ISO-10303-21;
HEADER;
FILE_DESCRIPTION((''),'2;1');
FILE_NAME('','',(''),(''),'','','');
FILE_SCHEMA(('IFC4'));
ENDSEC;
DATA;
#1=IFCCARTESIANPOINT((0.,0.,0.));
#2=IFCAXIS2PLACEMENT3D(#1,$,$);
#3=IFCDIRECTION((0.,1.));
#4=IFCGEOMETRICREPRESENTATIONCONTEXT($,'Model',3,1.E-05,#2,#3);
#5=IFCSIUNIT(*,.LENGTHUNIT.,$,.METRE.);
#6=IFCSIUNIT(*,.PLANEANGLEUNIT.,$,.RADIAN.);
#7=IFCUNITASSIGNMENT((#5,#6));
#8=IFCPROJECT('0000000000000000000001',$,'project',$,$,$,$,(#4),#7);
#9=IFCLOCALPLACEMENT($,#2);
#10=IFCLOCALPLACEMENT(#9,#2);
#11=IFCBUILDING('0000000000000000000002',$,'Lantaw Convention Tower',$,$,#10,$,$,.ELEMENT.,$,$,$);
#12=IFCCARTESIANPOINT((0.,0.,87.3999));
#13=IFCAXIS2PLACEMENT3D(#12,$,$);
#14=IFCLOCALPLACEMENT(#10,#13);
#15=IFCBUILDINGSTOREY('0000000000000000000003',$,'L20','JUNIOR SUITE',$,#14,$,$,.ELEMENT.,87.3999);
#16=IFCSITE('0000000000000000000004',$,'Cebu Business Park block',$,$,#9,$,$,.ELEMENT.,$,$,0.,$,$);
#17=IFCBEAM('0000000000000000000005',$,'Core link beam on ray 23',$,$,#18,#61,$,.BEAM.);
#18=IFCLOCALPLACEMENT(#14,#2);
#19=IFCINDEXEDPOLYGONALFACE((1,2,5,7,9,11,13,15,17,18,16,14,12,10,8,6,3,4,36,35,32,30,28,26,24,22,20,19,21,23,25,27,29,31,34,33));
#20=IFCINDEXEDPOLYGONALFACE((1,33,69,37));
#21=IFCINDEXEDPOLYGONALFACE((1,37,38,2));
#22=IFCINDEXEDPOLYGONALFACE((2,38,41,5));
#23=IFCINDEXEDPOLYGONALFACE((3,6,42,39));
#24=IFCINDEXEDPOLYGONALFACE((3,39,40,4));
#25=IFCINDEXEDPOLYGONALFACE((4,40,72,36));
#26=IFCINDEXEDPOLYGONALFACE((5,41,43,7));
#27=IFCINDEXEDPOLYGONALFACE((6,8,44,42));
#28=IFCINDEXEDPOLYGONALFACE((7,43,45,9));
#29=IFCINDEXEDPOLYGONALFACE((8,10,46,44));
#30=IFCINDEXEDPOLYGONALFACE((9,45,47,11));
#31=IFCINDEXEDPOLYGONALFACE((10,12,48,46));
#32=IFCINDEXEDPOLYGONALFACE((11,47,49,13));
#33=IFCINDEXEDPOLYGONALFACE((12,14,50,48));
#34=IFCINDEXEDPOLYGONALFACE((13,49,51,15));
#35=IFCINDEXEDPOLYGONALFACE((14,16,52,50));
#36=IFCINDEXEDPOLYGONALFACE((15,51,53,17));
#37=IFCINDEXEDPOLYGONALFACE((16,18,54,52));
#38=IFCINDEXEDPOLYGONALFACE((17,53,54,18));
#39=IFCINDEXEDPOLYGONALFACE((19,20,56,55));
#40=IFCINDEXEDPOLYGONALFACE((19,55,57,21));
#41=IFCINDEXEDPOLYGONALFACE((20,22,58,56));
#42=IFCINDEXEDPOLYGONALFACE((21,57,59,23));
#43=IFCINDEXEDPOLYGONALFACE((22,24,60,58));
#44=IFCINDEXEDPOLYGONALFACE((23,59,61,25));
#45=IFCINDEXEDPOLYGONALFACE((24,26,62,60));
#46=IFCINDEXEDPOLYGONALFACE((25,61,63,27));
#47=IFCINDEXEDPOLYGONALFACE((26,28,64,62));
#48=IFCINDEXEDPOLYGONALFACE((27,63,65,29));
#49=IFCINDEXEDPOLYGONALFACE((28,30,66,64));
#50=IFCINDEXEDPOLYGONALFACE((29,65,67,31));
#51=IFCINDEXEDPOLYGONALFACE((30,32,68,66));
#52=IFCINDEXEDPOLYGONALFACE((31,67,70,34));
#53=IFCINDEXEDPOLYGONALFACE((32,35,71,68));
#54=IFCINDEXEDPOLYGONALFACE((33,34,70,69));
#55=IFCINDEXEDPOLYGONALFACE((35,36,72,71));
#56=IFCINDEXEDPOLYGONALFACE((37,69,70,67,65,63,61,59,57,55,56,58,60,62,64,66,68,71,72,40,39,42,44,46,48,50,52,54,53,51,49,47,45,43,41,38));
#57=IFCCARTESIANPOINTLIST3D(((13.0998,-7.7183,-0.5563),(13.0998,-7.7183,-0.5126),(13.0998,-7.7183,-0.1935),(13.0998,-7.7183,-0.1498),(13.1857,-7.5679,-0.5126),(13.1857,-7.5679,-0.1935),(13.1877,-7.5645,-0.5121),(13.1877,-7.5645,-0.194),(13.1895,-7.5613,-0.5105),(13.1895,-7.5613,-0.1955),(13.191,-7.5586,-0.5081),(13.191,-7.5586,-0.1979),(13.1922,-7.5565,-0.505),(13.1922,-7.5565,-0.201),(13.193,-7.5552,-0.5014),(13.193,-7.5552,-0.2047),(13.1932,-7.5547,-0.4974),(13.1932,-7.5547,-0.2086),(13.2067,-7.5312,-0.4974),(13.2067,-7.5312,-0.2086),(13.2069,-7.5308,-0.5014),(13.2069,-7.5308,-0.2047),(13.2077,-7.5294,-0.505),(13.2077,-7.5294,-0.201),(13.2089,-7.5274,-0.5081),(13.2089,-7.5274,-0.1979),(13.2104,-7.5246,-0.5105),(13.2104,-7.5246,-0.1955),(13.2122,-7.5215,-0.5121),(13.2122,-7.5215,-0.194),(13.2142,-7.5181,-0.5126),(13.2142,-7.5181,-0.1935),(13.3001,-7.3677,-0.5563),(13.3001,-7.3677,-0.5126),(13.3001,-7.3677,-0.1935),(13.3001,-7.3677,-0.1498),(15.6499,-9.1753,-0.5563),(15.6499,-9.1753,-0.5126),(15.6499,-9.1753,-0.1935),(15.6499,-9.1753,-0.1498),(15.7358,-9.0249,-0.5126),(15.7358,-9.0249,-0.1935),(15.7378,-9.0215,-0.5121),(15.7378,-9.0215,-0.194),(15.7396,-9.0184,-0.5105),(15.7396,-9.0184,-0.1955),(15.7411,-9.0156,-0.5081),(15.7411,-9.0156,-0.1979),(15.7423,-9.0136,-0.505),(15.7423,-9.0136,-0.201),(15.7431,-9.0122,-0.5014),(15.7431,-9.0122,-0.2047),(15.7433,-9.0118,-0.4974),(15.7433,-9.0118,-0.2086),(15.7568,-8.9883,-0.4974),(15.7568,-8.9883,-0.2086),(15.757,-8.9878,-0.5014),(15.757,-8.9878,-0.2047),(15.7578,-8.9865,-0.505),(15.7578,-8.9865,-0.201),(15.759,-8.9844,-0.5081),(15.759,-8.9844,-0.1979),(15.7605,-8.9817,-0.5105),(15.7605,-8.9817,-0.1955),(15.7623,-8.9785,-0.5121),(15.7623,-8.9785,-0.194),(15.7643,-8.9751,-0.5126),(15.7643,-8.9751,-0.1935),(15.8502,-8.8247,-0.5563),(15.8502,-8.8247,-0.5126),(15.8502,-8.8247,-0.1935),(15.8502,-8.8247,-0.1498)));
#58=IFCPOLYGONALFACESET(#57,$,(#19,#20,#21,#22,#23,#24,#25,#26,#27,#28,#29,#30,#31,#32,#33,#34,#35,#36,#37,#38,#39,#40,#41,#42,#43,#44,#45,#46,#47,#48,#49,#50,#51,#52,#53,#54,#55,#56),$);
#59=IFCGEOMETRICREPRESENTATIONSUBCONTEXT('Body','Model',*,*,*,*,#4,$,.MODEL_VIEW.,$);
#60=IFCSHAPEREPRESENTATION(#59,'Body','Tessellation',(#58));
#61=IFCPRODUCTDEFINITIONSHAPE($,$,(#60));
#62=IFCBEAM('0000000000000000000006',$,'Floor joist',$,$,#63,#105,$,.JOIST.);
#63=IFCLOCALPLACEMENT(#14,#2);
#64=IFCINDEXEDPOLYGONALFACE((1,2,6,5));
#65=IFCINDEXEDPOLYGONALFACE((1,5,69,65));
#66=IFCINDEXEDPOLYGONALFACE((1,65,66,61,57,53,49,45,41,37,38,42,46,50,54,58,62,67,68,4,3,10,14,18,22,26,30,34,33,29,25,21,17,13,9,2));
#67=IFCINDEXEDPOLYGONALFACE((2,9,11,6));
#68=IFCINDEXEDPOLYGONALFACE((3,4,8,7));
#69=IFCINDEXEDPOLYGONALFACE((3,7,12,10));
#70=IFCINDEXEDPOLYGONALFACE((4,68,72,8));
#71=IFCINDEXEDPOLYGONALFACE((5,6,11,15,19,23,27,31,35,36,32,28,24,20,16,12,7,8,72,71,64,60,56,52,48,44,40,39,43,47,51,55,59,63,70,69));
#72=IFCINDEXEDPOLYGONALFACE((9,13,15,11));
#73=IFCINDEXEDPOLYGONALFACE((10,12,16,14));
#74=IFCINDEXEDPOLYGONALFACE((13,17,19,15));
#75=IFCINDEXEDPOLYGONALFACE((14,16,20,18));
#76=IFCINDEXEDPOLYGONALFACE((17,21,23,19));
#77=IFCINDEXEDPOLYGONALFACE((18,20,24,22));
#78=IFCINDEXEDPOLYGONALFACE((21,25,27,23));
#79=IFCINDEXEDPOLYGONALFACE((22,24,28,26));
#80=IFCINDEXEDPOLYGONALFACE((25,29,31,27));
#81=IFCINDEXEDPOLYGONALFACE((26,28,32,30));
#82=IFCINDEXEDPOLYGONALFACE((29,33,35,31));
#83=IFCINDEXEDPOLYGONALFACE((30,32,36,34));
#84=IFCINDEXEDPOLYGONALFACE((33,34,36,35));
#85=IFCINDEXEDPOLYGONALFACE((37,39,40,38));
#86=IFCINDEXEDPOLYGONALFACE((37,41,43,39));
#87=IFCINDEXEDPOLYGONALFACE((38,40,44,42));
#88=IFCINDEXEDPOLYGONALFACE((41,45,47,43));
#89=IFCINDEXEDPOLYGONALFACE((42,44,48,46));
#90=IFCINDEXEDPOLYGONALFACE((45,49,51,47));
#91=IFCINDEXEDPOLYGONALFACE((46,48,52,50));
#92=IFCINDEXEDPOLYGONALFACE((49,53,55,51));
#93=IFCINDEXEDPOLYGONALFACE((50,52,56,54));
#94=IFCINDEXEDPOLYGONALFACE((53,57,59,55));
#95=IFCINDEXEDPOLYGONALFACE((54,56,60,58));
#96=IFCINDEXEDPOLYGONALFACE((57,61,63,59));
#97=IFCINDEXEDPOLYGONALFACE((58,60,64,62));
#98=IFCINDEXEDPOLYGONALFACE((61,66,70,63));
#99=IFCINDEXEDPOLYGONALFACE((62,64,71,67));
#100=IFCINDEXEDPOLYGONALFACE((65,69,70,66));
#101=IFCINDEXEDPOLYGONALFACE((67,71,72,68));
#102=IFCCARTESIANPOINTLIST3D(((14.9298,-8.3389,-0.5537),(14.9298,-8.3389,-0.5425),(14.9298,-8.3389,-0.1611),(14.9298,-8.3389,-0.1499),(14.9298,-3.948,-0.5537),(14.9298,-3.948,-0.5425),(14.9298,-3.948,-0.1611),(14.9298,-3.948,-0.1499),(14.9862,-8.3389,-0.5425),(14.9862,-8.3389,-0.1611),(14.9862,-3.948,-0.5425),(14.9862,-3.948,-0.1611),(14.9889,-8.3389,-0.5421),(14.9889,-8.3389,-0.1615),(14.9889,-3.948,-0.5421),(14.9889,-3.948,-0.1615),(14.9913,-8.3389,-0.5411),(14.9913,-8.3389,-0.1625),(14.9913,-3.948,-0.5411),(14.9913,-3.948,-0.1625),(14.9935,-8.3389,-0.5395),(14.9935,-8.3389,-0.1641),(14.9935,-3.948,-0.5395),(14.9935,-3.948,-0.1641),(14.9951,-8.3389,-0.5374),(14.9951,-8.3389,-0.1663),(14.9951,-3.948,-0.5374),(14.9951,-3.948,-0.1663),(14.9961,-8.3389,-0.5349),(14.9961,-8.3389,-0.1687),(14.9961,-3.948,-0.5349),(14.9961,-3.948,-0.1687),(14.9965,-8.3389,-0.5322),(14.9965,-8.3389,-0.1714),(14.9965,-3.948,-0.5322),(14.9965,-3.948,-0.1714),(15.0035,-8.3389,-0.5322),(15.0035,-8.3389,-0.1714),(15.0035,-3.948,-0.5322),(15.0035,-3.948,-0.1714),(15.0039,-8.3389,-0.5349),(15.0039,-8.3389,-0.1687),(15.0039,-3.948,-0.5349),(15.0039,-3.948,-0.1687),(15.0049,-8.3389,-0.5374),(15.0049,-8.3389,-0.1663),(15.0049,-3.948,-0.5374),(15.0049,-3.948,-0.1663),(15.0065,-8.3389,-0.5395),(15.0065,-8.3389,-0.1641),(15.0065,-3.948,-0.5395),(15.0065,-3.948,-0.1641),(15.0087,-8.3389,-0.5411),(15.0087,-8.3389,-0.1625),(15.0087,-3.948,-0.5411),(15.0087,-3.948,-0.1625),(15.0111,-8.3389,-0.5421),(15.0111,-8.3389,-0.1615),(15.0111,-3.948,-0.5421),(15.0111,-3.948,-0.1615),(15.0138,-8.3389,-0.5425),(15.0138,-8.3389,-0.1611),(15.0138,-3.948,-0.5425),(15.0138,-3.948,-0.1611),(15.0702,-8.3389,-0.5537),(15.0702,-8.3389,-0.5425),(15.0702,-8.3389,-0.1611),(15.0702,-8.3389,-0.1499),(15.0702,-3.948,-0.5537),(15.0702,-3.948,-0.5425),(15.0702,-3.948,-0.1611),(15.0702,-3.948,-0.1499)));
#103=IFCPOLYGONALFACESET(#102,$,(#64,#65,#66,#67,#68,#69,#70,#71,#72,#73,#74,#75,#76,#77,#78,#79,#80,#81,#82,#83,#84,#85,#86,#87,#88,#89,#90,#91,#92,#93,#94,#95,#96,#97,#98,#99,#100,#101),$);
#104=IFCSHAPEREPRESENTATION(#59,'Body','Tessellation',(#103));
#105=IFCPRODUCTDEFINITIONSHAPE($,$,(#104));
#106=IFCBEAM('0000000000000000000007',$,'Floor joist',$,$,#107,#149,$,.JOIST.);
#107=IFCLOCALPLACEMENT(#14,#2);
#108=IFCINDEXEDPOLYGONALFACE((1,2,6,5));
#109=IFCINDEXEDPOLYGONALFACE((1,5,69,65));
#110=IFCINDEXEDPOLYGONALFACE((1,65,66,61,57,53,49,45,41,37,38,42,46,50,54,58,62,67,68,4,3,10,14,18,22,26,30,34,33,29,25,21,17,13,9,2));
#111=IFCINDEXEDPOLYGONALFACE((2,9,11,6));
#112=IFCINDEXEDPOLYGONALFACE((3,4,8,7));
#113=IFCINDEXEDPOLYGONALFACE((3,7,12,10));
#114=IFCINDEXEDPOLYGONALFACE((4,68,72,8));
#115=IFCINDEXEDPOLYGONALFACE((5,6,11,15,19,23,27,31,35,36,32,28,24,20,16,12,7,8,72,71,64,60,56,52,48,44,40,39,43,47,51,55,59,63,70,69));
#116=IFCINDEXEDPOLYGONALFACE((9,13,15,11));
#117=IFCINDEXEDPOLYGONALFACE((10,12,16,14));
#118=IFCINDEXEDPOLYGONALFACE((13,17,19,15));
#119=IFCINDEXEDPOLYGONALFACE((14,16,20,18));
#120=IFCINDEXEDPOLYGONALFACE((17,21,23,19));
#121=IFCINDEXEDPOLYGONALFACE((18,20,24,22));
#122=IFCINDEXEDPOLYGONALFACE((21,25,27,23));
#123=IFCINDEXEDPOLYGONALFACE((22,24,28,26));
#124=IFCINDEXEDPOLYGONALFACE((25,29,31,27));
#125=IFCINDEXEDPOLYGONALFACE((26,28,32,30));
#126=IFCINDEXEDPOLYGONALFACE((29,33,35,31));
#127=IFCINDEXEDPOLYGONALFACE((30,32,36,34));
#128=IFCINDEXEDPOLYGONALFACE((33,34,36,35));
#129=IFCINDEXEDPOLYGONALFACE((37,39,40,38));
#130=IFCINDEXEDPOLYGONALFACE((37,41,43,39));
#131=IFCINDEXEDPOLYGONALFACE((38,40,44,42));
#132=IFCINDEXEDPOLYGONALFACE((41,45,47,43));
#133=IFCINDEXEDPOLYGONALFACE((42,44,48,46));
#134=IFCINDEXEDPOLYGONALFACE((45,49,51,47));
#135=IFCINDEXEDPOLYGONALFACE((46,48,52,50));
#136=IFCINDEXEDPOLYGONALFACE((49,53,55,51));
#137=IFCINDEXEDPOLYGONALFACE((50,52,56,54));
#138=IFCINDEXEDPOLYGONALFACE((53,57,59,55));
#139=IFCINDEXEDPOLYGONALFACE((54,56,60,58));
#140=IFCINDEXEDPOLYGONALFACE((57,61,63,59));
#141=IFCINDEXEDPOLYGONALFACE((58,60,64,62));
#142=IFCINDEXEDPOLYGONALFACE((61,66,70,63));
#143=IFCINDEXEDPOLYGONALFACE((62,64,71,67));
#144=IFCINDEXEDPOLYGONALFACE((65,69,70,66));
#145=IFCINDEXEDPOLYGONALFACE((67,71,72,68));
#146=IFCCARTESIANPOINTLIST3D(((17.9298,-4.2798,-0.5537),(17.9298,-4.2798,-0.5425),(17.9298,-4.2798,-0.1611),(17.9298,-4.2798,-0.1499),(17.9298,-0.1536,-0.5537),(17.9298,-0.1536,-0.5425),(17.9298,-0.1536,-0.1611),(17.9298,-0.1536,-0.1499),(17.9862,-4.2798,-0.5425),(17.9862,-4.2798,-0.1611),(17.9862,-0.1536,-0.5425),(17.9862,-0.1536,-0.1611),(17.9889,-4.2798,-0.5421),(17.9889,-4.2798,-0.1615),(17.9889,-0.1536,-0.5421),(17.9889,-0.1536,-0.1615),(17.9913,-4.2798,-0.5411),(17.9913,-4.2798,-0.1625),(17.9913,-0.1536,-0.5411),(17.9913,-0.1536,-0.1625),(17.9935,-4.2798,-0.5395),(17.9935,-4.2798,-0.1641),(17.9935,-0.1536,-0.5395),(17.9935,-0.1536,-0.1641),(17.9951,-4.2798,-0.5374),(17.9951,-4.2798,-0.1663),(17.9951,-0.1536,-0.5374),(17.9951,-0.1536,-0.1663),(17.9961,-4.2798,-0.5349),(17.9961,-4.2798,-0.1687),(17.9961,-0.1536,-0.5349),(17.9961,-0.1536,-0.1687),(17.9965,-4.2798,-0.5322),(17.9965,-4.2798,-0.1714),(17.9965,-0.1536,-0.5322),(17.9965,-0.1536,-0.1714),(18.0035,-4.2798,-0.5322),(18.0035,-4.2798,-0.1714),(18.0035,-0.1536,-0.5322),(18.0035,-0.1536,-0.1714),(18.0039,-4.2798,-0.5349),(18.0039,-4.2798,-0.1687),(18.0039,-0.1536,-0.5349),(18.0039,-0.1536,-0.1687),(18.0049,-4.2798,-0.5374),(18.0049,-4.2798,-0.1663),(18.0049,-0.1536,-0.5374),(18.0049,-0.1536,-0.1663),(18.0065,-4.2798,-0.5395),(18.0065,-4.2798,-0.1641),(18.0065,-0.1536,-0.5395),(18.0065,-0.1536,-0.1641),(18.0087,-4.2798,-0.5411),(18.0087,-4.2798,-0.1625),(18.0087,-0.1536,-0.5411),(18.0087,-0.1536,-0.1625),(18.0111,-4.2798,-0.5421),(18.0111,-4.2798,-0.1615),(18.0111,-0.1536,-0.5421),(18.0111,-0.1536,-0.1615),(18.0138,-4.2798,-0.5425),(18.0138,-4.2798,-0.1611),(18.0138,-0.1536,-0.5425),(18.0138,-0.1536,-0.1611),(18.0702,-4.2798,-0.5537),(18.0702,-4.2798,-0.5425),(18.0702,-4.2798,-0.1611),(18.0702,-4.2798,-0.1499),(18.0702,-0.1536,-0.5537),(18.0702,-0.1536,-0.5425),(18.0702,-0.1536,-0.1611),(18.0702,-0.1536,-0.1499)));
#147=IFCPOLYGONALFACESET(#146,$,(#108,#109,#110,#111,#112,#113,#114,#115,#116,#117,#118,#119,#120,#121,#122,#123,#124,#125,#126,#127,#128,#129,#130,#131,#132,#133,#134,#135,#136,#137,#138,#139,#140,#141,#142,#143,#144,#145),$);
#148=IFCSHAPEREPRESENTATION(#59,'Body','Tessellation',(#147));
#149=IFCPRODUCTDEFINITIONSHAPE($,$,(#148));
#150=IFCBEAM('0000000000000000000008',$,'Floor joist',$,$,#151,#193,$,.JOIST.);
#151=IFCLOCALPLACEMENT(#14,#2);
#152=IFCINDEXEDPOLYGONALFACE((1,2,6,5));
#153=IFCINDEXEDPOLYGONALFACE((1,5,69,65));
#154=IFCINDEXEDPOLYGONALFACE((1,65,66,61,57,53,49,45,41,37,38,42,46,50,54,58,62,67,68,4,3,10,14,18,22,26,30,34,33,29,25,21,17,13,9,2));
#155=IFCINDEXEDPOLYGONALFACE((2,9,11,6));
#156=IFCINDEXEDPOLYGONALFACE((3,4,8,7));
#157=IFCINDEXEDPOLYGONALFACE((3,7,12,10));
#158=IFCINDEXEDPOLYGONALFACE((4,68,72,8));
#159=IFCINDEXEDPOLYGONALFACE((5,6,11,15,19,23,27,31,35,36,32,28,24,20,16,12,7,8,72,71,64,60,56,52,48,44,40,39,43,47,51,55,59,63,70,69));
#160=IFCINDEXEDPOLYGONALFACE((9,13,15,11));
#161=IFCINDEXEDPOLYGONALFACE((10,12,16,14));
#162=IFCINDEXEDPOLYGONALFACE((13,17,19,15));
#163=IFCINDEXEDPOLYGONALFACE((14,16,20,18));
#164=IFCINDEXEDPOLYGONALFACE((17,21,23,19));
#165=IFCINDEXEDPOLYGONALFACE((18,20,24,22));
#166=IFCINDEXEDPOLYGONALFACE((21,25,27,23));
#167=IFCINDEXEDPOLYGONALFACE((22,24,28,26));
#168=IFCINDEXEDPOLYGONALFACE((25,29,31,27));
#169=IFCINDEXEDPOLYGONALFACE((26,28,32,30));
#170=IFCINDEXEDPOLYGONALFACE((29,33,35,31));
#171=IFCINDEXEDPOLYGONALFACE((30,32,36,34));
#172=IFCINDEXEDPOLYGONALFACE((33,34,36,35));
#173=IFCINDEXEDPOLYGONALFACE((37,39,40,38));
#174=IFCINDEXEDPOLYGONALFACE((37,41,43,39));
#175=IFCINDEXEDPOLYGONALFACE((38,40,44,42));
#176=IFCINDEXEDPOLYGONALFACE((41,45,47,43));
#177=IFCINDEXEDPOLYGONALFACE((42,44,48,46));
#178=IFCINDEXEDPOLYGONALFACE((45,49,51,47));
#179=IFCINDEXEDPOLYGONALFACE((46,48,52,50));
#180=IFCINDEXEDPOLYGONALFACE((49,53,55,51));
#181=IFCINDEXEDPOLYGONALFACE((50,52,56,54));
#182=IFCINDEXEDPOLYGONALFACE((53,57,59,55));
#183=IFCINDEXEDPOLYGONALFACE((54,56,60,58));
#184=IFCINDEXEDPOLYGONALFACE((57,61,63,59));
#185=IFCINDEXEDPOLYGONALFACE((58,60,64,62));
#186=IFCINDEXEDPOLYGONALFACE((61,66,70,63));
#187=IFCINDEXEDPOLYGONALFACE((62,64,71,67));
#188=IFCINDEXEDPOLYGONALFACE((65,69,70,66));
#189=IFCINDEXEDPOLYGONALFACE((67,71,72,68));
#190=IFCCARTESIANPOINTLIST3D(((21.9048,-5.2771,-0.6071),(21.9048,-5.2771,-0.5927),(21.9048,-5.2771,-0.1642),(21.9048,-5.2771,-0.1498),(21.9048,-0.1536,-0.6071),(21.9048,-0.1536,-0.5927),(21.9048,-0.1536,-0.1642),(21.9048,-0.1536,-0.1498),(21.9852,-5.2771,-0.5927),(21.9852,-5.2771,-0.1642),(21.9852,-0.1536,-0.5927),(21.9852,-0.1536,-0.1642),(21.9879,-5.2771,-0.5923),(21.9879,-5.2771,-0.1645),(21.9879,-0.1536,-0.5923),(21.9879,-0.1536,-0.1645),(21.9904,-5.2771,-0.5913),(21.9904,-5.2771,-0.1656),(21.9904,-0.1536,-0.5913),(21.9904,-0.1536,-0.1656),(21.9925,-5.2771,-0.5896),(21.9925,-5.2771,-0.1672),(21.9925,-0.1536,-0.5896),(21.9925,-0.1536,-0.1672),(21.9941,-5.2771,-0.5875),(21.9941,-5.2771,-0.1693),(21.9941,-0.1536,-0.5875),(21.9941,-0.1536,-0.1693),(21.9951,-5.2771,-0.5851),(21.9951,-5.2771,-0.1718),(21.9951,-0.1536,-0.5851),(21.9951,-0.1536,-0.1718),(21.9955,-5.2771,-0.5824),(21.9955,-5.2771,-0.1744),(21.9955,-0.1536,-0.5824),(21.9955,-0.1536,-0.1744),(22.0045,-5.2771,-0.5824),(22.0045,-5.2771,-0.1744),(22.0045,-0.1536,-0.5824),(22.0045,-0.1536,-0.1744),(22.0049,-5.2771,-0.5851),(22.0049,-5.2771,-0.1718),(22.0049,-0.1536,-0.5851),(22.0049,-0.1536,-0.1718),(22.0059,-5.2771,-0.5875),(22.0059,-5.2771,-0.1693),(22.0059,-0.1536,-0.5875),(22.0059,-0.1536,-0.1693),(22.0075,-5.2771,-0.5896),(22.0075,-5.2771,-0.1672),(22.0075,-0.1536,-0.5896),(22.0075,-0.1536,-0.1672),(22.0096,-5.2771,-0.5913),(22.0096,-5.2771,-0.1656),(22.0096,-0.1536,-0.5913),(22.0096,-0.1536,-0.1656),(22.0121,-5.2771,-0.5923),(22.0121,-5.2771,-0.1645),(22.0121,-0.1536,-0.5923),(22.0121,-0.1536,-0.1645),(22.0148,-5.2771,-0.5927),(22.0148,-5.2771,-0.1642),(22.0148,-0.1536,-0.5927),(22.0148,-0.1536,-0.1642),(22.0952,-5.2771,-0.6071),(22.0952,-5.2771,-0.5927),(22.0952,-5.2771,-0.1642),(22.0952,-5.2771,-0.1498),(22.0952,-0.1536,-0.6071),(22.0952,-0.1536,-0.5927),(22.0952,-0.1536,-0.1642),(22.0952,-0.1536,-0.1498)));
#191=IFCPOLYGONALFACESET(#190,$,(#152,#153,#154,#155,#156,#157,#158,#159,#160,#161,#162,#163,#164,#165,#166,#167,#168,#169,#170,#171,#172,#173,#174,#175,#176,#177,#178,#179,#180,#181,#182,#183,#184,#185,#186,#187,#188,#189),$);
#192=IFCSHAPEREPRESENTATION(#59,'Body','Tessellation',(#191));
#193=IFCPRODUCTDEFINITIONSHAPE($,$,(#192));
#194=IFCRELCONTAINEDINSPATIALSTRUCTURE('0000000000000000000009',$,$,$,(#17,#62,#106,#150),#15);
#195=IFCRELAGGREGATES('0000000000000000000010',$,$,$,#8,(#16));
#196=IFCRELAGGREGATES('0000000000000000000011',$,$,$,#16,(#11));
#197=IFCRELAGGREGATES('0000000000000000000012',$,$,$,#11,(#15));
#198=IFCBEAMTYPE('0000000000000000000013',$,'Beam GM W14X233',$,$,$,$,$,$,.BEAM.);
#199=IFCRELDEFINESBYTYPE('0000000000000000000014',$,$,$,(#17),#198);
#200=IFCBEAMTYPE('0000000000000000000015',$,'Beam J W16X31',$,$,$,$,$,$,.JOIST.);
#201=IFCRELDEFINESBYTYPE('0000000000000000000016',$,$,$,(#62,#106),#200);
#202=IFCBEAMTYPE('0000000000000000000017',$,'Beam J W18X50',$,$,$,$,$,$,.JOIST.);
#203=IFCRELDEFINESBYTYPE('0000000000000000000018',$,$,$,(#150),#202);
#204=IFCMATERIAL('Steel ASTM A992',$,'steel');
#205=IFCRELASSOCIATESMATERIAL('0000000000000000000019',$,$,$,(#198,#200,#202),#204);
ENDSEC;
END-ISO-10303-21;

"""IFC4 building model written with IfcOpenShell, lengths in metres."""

from ifc_helpers import new_model, si_unit, direction, frame, origin, origin_2d, place, context, subcontext, project, spatial, i_section, extrude, material, material_profile, profile_set, type_object, element, save


model = new_model("IFC4")

# Units and contexts
model_context = context("Model", 3, precision=1e-05, world=origin(), true_north=direction((0.0, 1.0)))
body_context = subcontext(model_context, "Body", "Model", "MODEL_VIEW")
ifc_project = project(units=[si_unit("LENGTHUNIT", "METRE"), si_unit("PLANEANGLEUNIT", "RADIAN")], contexts=[model_context])

# Site, building, storey
site_placement = place(None, origin())
site = spatial("IfcSite", under=ifc_project, at=site_placement, Name="Cebu Business Park block", CompositionType="ELEMENT", RefElevation=0.0)
building_placement = place(site_placement, origin())
building = spatial("IfcBuilding", under=site, at=building_placement, Name="Lantaw Convention Tower", CompositionType="ELEMENT")
storey_placement = place(building_placement, frame((0.0, 0.0, 87.3999)))
storey = spatial("IfcBuildingStorey", under=building, at=storey_placement, Name="L20", Description="JUNIOR SUITE", CompositionType="ELEMENT", Elevation=87.3999)

# Beams
ifc_material_1 = material(Name="Steel ASTM A992", Category="steel")
ifc_material_profile_1 = material_profile(ifc_material_1, i_section(OverallWidth=0.4038, OverallDepth=0.4065, WebThickness=0.0271, FlangeThickness=0.0437, FilletRadius=0.0151, at=origin_2d()), Name="W14X233")
ifc_profile_set_1 = profile_set([ifc_material_profile_1], Name="Steel ASTM A992")
beam_type_1 = type_object("IfcBeamType", Name="Beam GM W14X233", PredefinedType="BEAM", material=ifc_profile_set_1)
beam_1_placement = place(storey_placement, frame((13.2, -7.543, -0.353), z_axis=(0.868264, -0.496103, 0.0), x_axis=(0.496103, 0.868264, 0.0)))
element("IfcBeam", 1, at=beam_1_placement, inside=storey, type_object=beam_type_1, Name="Core link beam on ray 23", PredefinedType="BEAM", context=body_context, shape_type="SweptSolid", body=[
    extrude(i_section(OverallWidth=0.4038, OverallDepth=0.4065, WebThickness=0.0271, FlangeThickness=0.0437, FilletRadius=0.0151, at=origin_2d()), origin(), (0.0, 0.0, 1.0), 2.937),
])
ifc_material_profile_2 = material_profile(ifc_material_1, i_section(OverallWidth=0.1404, OverallDepth=0.4038, WebThickness=0.0071, FlangeThickness=0.0112, FilletRadius=0.0103, at=origin_2d()), Name="W16X31")
ifc_profile_set_2 = profile_set([ifc_material_profile_2], Name="Steel ASTM A992")
beam_type_2 = type_object("IfcBeamType", Name="Beam J W16X31", PredefinedType="JOIST", material=ifc_profile_set_2)
beam_2_placement = place(storey_placement, frame((15.0, -8.3389, -0.3518), z_axis=(0.0, 1.0, 0.0), x_axis=(-1.0, 0.0, 0.0)))
element("IfcBeam", 2, at=beam_2_placement, inside=storey, type_object=beam_type_2, Name="Floor joist", PredefinedType="JOIST", context=body_context, shape_type="SweptSolid", body=[
    extrude(i_section(OverallWidth=0.1404, OverallDepth=0.4038, WebThickness=0.0071, FlangeThickness=0.0112, FilletRadius=0.0103, at=origin_2d()), origin(), (0.0, 0.0, 1.0), 4.3909),
])
beam_3_placement = place(storey_placement, frame((18.0, -4.2798, -0.3518), z_axis=(0.0, 1.0, 0.0), x_axis=(-1.0, 0.0, 0.0)))
element("IfcBeam", 3, at=beam_3_placement, inside=storey, type_object=beam_type_2, Name="Floor joist", PredefinedType="JOIST", context=body_context, shape_type="SweptSolid", body=[
    extrude(i_section(OverallWidth=0.1404, OverallDepth=0.4038, WebThickness=0.0071, FlangeThickness=0.0112, FilletRadius=0.0103, at=origin_2d()), origin(), (0.0, 0.0, 1.0), 4.1262),
])
ifc_material_profile_3 = material_profile(ifc_material_1, i_section(OverallWidth=0.1904, OverallDepth=0.4573, WebThickness=0.009, FlangeThickness=0.0144, FilletRadius=0.0103, at=origin_2d()), Name="W18X50")
ifc_profile_set_3 = profile_set([ifc_material_profile_3], Name="Steel ASTM A992")
beam_type_3 = type_object("IfcBeamType", Name="Beam J W18X50", PredefinedType="JOIST", material=ifc_profile_set_3)
beam_4_placement = place(storey_placement, frame((22.0, -5.2771, -0.3784), z_axis=(0.0, 1.0, 0.0), x_axis=(-1.0, 0.0, 0.0)))
element("IfcBeam", 4, at=beam_4_placement, inside=storey, type_object=beam_type_3, Name="Floor joist", PredefinedType="JOIST", context=body_context, shape_type="SweptSolid", body=[
    extrude(i_section(OverallWidth=0.1904, OverallDepth=0.4573, WebThickness=0.009, FlangeThickness=0.0144, FilletRadius=0.0103, at=origin_2d()), origin(), (0.0, 0.0, 1.0), 5.1235),
])

save(model, "model.ifc")
